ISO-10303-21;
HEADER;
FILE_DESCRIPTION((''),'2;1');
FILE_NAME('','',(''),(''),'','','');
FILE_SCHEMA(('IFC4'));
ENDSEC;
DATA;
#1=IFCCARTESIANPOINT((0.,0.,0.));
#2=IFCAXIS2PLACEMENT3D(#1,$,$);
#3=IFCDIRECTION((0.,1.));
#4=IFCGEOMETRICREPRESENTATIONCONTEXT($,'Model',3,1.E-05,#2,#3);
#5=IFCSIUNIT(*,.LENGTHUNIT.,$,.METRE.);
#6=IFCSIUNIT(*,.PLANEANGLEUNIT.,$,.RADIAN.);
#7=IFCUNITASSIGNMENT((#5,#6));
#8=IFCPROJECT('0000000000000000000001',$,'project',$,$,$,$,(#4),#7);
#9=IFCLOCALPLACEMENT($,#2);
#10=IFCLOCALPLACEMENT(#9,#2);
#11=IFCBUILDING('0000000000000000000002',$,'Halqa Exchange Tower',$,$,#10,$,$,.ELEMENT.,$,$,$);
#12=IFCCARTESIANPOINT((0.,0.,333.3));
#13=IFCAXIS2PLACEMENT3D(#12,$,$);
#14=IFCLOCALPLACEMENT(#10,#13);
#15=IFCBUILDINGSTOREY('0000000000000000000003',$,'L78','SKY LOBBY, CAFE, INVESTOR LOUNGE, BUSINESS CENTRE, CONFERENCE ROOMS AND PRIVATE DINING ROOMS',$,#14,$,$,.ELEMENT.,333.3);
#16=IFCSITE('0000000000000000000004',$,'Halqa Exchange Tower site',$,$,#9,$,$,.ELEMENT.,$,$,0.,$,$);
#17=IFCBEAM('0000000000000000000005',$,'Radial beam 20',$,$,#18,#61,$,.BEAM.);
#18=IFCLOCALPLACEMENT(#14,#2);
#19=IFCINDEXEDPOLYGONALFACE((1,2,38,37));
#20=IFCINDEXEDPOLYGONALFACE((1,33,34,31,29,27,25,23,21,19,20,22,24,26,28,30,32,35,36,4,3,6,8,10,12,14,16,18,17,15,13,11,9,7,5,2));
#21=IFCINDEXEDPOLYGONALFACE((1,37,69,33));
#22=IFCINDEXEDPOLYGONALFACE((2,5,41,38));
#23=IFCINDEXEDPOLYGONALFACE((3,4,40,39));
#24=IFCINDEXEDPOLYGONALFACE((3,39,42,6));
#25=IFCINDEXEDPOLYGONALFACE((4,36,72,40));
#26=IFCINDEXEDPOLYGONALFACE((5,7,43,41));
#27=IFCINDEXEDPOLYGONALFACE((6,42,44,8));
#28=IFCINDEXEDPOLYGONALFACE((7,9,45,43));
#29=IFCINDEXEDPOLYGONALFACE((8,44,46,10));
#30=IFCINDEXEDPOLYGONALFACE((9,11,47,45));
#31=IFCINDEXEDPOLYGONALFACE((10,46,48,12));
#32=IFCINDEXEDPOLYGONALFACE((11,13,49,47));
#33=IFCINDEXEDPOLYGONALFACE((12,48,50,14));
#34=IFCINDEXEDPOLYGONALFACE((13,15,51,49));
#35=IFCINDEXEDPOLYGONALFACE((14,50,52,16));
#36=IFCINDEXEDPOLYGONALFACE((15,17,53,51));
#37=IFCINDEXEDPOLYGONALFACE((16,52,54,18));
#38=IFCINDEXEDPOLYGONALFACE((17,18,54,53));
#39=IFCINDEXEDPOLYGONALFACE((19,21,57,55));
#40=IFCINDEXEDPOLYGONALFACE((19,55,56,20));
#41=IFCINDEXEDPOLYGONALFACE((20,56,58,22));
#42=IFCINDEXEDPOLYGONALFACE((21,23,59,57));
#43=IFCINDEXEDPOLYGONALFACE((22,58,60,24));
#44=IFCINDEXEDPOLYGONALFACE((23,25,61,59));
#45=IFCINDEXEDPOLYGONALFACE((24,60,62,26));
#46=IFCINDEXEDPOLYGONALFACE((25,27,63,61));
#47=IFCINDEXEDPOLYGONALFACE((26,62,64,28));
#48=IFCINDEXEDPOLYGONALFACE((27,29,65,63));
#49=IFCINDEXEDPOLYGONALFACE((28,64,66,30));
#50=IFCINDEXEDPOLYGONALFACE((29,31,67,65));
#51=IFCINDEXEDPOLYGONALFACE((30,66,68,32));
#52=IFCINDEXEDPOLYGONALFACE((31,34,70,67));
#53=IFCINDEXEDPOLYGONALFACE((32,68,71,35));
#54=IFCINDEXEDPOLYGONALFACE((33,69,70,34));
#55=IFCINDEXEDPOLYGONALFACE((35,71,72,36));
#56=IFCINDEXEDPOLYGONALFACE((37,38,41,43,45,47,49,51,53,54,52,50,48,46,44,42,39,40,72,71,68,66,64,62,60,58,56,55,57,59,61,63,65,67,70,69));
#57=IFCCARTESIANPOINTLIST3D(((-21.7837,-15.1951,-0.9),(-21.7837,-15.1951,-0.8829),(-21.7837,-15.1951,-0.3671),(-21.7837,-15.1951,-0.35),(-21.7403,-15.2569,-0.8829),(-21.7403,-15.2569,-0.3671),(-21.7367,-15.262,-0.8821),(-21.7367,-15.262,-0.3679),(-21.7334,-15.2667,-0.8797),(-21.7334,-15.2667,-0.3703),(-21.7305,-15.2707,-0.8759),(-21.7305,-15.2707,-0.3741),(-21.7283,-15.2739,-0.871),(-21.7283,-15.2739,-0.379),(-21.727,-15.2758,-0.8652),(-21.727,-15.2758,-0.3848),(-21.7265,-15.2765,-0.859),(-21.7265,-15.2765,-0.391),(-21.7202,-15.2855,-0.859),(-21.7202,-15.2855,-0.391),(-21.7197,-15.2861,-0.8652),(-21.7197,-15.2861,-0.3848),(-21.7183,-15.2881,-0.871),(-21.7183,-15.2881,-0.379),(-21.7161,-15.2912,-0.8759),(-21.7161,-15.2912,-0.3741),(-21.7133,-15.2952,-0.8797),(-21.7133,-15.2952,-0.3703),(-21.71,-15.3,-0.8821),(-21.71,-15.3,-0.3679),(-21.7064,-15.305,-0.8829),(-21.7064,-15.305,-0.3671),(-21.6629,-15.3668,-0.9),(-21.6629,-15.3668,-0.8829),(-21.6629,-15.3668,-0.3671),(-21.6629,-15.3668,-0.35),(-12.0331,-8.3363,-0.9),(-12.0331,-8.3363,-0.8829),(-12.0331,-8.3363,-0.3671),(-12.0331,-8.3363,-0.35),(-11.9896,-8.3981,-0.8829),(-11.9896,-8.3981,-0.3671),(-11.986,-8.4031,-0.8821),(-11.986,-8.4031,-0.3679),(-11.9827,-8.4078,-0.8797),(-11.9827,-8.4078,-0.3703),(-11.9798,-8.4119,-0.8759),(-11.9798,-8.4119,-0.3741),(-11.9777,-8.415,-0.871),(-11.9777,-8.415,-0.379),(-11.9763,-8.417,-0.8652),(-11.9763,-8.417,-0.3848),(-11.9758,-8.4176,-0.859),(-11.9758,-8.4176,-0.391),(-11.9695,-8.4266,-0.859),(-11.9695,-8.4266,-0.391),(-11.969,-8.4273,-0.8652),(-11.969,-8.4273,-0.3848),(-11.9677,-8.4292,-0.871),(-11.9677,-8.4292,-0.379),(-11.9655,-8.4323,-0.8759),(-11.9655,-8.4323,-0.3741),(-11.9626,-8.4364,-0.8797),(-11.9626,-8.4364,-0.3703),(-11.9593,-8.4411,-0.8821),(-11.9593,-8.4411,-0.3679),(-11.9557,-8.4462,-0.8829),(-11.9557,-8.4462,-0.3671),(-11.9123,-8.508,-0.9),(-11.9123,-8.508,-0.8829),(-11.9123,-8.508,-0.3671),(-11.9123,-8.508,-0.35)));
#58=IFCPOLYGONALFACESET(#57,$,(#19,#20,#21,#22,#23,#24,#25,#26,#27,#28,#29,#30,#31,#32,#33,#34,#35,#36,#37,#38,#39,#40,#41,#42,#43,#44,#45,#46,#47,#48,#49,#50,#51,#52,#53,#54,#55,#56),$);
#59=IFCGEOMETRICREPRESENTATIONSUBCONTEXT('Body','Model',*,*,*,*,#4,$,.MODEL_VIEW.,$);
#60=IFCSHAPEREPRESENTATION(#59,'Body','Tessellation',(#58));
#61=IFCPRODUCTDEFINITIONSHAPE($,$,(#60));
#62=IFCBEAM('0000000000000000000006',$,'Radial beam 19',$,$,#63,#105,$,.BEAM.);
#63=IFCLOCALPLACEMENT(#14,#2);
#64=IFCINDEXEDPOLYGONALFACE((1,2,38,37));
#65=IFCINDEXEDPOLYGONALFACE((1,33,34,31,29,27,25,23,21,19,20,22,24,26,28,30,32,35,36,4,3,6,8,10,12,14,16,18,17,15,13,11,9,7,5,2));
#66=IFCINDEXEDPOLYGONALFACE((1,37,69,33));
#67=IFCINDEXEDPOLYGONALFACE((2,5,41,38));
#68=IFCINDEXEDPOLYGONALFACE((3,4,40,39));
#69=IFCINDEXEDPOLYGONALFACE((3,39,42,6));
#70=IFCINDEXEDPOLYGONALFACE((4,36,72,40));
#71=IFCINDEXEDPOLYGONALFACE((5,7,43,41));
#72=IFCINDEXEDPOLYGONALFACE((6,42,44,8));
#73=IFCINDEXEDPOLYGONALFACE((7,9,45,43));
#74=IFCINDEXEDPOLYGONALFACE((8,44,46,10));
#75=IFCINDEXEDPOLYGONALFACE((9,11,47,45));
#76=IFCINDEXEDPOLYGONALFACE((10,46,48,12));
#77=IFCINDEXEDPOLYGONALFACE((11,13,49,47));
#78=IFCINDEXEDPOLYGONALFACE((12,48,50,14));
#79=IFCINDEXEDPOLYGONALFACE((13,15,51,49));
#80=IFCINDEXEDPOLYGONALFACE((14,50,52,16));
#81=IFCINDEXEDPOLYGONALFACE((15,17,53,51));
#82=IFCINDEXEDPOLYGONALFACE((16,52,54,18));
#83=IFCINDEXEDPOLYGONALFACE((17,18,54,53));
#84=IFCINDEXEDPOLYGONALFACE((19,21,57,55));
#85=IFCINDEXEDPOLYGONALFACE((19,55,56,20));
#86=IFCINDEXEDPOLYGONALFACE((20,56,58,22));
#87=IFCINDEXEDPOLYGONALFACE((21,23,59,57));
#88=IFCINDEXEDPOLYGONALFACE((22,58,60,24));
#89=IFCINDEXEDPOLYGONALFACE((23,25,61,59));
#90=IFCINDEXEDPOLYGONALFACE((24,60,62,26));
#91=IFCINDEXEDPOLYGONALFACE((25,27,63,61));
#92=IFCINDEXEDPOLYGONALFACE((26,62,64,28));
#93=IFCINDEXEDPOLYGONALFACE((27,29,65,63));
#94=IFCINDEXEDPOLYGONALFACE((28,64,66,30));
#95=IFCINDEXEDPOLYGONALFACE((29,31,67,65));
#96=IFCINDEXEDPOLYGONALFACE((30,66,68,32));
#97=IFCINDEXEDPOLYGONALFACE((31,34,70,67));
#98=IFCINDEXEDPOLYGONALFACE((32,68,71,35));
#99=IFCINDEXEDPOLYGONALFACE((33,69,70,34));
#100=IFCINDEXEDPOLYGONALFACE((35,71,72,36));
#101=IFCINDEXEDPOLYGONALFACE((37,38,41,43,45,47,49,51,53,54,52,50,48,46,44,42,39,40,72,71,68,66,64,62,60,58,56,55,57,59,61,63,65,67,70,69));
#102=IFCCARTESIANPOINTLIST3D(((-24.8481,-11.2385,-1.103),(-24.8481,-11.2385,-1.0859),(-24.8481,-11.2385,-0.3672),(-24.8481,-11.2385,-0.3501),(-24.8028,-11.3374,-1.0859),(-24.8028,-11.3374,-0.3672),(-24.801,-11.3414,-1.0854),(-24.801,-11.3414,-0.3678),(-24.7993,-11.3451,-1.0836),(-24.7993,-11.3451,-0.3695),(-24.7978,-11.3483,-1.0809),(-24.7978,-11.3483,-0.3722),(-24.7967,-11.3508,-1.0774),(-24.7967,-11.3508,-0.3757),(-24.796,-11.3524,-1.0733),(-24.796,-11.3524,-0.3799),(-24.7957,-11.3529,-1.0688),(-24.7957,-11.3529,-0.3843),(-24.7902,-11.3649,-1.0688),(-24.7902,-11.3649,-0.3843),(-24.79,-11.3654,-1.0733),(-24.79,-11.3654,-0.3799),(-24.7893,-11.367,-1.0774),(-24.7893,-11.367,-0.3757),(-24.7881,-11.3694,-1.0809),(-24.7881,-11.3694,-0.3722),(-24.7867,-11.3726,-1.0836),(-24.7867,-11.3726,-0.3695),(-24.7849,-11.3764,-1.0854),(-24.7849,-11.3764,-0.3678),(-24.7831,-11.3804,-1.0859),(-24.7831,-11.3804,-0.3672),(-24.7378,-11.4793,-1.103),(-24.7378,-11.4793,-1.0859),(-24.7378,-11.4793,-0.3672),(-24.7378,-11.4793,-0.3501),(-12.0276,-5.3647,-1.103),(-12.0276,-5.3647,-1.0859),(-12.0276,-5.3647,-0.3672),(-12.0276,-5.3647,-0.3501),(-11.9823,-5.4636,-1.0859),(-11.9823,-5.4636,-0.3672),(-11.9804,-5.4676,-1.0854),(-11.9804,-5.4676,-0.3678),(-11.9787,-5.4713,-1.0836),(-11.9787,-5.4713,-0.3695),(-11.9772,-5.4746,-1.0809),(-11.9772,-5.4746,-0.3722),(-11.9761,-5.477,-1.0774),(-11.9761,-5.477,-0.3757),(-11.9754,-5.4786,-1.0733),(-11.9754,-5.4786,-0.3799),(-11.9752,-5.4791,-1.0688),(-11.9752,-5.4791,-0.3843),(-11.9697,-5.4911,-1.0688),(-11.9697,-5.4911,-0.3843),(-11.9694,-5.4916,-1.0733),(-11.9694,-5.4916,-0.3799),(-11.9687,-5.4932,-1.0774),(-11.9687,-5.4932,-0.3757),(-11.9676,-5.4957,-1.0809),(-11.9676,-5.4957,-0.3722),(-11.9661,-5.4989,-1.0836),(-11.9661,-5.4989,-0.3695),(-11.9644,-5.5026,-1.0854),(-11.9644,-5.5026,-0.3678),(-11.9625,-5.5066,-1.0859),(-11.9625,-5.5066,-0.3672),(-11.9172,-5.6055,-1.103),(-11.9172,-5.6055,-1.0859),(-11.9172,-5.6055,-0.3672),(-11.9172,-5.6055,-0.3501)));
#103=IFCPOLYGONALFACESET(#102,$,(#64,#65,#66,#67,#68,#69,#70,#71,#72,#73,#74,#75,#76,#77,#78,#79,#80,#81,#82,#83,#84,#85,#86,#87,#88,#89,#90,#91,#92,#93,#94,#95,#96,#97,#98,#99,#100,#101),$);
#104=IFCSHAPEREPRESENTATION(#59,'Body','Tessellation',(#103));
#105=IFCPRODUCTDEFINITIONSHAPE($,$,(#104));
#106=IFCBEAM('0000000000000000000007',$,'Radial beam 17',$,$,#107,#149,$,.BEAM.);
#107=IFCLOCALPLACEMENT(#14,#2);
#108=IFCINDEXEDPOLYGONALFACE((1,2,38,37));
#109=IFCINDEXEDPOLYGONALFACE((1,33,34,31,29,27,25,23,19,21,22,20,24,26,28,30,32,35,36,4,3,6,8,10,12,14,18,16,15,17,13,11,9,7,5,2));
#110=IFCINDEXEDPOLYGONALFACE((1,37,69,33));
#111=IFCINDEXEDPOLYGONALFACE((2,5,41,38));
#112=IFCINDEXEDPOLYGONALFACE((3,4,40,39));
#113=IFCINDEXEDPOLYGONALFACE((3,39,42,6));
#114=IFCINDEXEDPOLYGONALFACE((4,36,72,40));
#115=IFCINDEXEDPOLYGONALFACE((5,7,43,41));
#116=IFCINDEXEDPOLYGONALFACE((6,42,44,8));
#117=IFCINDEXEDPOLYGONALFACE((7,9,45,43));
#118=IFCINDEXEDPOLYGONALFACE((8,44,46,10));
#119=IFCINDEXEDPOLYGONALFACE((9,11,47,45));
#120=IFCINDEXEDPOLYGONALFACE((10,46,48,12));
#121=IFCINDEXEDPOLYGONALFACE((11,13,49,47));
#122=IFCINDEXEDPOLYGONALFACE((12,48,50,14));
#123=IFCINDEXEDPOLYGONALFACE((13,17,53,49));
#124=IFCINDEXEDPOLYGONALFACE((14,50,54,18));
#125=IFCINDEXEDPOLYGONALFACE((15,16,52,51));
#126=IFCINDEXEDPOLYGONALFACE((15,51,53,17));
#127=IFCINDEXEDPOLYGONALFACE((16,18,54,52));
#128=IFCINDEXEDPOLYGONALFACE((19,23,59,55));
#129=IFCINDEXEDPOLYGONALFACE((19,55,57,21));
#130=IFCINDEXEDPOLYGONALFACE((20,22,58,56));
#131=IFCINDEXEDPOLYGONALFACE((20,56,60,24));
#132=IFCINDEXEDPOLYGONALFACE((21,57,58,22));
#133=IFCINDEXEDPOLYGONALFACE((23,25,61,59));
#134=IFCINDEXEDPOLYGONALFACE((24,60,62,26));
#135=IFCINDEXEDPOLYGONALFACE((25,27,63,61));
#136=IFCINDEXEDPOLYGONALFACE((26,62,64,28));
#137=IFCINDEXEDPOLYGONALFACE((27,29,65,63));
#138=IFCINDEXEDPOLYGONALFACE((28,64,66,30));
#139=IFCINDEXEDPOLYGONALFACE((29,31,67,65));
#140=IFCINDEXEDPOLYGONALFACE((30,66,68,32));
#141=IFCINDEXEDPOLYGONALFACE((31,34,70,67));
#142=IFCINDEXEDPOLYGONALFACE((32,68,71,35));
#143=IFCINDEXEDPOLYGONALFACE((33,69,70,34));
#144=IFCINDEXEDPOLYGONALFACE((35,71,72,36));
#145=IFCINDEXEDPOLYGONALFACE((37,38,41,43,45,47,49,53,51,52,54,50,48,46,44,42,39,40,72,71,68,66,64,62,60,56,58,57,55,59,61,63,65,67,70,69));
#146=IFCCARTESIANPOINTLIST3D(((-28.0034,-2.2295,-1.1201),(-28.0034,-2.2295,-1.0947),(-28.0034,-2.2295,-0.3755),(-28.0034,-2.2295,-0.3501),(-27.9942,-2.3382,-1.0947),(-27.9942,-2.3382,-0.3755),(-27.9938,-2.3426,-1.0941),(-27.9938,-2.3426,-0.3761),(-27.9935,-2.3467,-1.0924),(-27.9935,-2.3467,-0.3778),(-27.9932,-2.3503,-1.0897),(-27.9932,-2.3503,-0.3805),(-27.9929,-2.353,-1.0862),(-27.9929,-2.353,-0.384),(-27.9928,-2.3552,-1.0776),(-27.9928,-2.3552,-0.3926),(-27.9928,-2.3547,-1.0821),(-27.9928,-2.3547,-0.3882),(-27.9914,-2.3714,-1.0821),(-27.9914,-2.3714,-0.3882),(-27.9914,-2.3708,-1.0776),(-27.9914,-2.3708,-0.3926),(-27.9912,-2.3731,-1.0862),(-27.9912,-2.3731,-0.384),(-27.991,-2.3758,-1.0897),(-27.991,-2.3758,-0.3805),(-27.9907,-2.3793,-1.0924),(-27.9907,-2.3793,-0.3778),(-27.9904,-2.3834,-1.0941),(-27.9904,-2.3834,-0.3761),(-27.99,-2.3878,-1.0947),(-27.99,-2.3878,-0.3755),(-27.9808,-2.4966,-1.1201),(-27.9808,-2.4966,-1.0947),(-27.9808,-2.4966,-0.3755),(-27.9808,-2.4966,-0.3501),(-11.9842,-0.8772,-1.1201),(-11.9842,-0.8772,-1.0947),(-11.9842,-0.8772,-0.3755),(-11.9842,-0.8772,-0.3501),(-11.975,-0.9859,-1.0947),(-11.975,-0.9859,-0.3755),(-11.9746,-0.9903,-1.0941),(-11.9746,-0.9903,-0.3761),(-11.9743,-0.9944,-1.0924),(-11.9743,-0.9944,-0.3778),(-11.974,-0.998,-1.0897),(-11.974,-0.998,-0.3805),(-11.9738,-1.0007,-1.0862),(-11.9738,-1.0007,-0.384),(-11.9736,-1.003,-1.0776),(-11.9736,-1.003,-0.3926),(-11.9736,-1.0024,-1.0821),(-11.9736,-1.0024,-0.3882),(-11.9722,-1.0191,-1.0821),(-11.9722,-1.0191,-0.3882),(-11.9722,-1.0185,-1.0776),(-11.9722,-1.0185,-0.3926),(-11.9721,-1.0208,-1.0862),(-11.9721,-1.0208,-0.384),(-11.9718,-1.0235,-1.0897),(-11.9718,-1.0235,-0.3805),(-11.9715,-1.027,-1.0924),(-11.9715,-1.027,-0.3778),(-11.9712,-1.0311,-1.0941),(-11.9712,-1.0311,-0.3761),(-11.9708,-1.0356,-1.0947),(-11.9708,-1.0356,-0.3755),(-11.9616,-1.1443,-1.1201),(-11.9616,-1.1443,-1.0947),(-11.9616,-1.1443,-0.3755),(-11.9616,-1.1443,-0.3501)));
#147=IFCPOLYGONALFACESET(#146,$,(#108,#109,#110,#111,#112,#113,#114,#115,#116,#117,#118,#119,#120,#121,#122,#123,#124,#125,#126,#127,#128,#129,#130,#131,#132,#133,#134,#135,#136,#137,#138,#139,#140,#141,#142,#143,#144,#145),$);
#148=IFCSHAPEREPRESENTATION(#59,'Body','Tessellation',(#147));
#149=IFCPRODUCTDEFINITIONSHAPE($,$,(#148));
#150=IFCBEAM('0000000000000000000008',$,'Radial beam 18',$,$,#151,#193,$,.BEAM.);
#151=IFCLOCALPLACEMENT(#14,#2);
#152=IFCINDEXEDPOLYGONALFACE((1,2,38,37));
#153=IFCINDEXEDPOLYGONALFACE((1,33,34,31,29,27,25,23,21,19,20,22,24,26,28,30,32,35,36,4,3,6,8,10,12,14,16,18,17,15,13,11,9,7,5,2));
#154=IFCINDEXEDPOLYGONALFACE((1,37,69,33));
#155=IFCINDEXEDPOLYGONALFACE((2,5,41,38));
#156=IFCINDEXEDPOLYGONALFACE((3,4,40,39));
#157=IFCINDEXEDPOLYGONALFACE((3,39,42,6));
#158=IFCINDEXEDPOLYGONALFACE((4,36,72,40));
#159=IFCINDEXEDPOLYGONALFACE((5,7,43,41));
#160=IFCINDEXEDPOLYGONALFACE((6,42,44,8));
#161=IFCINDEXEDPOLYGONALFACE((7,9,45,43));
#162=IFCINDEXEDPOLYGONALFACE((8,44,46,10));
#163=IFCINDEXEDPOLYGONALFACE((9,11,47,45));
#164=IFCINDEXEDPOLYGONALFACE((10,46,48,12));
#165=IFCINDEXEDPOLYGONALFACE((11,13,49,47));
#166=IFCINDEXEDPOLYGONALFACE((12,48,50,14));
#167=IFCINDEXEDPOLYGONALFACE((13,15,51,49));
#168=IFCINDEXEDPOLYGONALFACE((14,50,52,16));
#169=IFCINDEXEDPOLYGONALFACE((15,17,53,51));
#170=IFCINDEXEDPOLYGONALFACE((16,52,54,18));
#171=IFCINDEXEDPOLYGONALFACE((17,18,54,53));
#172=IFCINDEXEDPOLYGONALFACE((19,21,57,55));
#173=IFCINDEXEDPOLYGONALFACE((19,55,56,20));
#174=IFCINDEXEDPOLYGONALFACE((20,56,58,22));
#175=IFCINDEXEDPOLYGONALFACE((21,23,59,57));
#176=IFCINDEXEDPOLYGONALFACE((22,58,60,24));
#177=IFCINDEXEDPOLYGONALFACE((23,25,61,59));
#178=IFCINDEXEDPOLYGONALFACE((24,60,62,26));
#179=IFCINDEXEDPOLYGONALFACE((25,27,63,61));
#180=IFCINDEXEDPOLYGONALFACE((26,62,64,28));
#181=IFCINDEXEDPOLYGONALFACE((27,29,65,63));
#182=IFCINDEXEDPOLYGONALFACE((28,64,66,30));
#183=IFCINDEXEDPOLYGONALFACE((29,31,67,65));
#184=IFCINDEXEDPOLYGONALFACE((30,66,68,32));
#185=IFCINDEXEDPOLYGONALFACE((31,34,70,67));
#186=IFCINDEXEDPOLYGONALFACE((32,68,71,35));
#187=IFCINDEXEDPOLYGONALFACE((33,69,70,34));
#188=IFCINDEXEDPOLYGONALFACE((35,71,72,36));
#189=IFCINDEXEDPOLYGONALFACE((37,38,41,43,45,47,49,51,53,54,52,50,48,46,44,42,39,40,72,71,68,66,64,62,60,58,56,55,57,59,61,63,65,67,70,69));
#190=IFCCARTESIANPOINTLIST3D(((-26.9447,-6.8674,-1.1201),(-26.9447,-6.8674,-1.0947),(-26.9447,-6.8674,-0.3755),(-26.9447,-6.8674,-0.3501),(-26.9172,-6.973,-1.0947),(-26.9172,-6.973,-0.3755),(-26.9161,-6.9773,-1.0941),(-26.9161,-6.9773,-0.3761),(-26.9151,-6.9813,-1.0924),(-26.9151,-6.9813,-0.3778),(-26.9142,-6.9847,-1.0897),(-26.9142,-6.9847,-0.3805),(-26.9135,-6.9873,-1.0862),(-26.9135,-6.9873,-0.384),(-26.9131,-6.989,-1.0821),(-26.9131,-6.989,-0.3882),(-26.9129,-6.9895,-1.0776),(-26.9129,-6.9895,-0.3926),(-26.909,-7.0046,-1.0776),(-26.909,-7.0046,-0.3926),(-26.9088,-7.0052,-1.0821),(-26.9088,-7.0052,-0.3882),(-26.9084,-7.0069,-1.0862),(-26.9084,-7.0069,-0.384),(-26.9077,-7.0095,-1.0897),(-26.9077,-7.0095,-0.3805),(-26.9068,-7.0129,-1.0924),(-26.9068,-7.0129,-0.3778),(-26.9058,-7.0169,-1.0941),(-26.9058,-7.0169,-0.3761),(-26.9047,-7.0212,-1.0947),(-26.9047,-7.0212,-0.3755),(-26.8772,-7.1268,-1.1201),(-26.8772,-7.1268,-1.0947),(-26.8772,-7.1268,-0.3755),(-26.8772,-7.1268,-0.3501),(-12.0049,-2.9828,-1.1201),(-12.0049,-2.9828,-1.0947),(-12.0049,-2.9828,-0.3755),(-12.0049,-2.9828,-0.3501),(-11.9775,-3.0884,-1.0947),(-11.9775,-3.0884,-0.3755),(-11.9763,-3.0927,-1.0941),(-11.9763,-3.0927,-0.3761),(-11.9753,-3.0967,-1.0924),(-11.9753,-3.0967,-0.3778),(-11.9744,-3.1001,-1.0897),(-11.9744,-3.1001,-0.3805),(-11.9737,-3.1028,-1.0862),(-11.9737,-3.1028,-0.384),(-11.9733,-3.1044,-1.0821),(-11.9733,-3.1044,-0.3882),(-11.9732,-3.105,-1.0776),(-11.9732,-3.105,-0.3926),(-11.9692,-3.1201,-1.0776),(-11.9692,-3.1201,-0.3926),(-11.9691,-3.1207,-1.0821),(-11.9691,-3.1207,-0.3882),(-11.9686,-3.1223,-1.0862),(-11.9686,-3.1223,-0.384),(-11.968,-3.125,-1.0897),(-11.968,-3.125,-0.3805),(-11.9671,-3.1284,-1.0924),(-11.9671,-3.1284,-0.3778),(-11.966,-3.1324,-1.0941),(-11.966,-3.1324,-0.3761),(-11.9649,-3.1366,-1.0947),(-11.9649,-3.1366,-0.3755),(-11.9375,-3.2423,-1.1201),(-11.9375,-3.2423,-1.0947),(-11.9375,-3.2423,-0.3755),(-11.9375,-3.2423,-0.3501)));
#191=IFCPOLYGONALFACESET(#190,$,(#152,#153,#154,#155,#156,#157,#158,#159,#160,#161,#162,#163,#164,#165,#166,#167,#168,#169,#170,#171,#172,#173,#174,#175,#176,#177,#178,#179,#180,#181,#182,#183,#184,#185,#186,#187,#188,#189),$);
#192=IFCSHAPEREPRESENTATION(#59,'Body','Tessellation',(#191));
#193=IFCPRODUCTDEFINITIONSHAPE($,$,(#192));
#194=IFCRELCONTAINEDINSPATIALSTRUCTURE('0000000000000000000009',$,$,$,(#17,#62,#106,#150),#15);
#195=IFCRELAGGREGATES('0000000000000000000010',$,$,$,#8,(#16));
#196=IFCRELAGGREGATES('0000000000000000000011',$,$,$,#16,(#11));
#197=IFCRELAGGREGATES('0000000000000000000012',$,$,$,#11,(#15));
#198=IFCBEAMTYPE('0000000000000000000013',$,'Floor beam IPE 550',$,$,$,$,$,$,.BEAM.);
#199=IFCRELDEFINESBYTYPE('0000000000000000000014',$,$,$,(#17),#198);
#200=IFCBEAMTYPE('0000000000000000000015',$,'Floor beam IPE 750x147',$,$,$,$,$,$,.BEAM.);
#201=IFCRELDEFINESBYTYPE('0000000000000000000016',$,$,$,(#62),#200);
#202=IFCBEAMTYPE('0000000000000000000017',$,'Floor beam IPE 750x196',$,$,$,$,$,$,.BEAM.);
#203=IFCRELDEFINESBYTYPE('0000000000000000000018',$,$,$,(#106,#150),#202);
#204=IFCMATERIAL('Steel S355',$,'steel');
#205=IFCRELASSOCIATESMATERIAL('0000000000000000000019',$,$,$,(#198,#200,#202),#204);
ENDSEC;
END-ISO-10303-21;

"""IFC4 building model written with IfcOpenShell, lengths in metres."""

from ifc_helpers import new_model, si_unit, direction, frame, origin, origin_2d, place, context, subcontext, project, spatial, i_section, extrude, material, material_profile, profile_set, type_object, element, save


model = new_model("IFC4")

# Units and contexts
model_context = context("Model", 3, precision=1e-05, world=origin(), true_north=direction((0.0, 1.0)))
body_context = subcontext(model_context, "Body", "Model", "MODEL_VIEW")
ifc_project = project(units=[si_unit("LENGTHUNIT", "METRE"), si_unit("PLANEANGLEUNIT", "RADIAN")], contexts=[model_context])

# Site, building, storey
site_placement = place(None, origin())
site = spatial("IfcSite", under=ifc_project, at=site_placement, Name="Halqa Exchange Tower site", CompositionType="ELEMENT", RefElevation=0.0)
building_placement = place(site_placement, origin())
building = spatial("IfcBuilding", under=site, at=building_placement, Name="Halqa Exchange Tower", CompositionType="ELEMENT")
storey_placement = place(building_placement, frame((0.0, 0.0, 333.3)))
storey = spatial("IfcBuildingStorey", under=building, at=storey_placement, Name="L78", Description="SKY LOBBY, CAFE, INVESTOR LOUNGE, BUSINESS CENTRE, CONFERENCE ROOMS AND PRIVATE DINING ROOMS", CompositionType="ELEMENT", Elevation=333.3)

# Beams
ifc_material_1 = material(Name="Steel S355", Category="steel")
ifc_material_profile_1 = material_profile(ifc_material_1, i_section(OverallWidth=0.21, OverallDepth=0.55, WebThickness=0.011, FlangeThickness=0.0171, FilletRadius=0.0239, at=origin_2d()), Name="IPE 550")
ifc_profile_set_1 = profile_set([ifc_material_profile_1], Name="Steel S355")
beam_type_1 = type_object("IfcBeamType", Name="Floor beam IPE 550", PredefinedType="BEAM", material=ifc_profile_set_1)
beam_1_placement = place(storey_placement, frame((-11.9727, -8.4221, -0.625), z_axis=(-0.817915, -0.57534, 0.0), x_axis=(0.57534, -0.817915, 0.0)))
element("IfcBeam", 1, at=beam_1_placement, inside=storey, type_object=beam_type_1, Name="Radial beam 20", PredefinedType="BEAM", context=body_context, shape_type="SweptSolid", body=[
    extrude(i_section(OverallWidth=0.21, OverallDepth=0.55, WebThickness=0.011, FlangeThickness=0.0171, FilletRadius=0.0239, at=origin_2d()), origin(), (0.0, 0.0, 1.0), 11.9214),
])
ifc_material_profile_2 = material_profile(ifc_material_1, i_section(OverallWidth=0.2649, OverallDepth=0.7529, WebThickness=0.0132, FlangeThickness=0.0171, FilletRadius=0.0171, at=origin_2d()), Name="IPE 750x147")
ifc_profile_set_2 = profile_set([ifc_material_profile_2], Name="Steel S355")
beam_type_2 = type_object("IfcBeamType", Name="Floor beam IPE 750x147", PredefinedType="BEAM", material=ifc_profile_set_2)
beam_2_placement = place(storey_placement, frame((-11.9724, -5.4851, -0.7266), z_axis=(-0.909127, -0.416519, 0.0), x_axis=(0.416519, -0.909127, 0.0)))
element("IfcBeam", 2, at=beam_2_placement, inside=storey, type_object=beam_type_2, Name="Radial beam 19", PredefinedType="BEAM", context=body_context, shape_type="SweptSolid", body=[
    extrude(i_section(OverallWidth=0.2649, OverallDepth=0.7529, WebThickness=0.0132, FlangeThickness=0.0171, FilletRadius=0.0171, at=origin_2d()), origin(), (0.0, 0.0, 1.0), 14.1021),
])
ifc_material_profile_3 = material_profile(ifc_material_1, i_section(OverallWidth=0.2681, OverallDepth=0.77, WebThickness=0.0156, FlangeThickness=0.0254, FilletRadius=0.0171, at=origin_2d()), Name="IPE 750x196")
ifc_profile_set_3 = profile_set([ifc_material_profile_3], Name="Steel S355")
beam_type_3 = type_object("IfcBeamType", Name="Floor beam IPE 750x196", PredefinedType="BEAM", material=ifc_profile_set_3)
beam_3_placement = place(storey_placement, frame((-11.9729, -1.0107, -0.7351), z_axis=(-0.996456, -0.084117, 0.0), x_axis=(0.084117, -0.996456, 0.0)))
element("IfcBeam", 3, at=beam_3_placement, inside=storey, type_object=beam_type_3, Name="Radial beam 17", PredefinedType="BEAM", context=body_context, shape_type="SweptSolid", body=[
    extrude(i_section(OverallWidth=0.2681, OverallDepth=0.77, WebThickness=0.0156, FlangeThickness=0.0254, FilletRadius=0.0171, at=origin_2d()), origin(), (0.0, 0.0, 1.0), 16.0762),
])
beam_4_placement = place(storey_placement, frame((-11.9712, -3.1125, -0.7351), z_axis=(-0.967819, -0.251646, 0.0), x_axis=(0.251646, -0.967819, 0.0)))
element("IfcBeam", 4, at=beam_4_placement, inside=storey, type_object=beam_type_3, Name="Radial beam 18", PredefinedType="BEAM", context=body_context, shape_type="SweptSolid", body=[
    extrude(i_section(OverallWidth=0.2681, OverallDepth=0.77, WebThickness=0.0156, FlangeThickness=0.0254, FilletRadius=0.0171, at=origin_2d()), origin(), (0.0, 0.0, 1.0), 15.4365),
])

save(model, "model.ifc")
